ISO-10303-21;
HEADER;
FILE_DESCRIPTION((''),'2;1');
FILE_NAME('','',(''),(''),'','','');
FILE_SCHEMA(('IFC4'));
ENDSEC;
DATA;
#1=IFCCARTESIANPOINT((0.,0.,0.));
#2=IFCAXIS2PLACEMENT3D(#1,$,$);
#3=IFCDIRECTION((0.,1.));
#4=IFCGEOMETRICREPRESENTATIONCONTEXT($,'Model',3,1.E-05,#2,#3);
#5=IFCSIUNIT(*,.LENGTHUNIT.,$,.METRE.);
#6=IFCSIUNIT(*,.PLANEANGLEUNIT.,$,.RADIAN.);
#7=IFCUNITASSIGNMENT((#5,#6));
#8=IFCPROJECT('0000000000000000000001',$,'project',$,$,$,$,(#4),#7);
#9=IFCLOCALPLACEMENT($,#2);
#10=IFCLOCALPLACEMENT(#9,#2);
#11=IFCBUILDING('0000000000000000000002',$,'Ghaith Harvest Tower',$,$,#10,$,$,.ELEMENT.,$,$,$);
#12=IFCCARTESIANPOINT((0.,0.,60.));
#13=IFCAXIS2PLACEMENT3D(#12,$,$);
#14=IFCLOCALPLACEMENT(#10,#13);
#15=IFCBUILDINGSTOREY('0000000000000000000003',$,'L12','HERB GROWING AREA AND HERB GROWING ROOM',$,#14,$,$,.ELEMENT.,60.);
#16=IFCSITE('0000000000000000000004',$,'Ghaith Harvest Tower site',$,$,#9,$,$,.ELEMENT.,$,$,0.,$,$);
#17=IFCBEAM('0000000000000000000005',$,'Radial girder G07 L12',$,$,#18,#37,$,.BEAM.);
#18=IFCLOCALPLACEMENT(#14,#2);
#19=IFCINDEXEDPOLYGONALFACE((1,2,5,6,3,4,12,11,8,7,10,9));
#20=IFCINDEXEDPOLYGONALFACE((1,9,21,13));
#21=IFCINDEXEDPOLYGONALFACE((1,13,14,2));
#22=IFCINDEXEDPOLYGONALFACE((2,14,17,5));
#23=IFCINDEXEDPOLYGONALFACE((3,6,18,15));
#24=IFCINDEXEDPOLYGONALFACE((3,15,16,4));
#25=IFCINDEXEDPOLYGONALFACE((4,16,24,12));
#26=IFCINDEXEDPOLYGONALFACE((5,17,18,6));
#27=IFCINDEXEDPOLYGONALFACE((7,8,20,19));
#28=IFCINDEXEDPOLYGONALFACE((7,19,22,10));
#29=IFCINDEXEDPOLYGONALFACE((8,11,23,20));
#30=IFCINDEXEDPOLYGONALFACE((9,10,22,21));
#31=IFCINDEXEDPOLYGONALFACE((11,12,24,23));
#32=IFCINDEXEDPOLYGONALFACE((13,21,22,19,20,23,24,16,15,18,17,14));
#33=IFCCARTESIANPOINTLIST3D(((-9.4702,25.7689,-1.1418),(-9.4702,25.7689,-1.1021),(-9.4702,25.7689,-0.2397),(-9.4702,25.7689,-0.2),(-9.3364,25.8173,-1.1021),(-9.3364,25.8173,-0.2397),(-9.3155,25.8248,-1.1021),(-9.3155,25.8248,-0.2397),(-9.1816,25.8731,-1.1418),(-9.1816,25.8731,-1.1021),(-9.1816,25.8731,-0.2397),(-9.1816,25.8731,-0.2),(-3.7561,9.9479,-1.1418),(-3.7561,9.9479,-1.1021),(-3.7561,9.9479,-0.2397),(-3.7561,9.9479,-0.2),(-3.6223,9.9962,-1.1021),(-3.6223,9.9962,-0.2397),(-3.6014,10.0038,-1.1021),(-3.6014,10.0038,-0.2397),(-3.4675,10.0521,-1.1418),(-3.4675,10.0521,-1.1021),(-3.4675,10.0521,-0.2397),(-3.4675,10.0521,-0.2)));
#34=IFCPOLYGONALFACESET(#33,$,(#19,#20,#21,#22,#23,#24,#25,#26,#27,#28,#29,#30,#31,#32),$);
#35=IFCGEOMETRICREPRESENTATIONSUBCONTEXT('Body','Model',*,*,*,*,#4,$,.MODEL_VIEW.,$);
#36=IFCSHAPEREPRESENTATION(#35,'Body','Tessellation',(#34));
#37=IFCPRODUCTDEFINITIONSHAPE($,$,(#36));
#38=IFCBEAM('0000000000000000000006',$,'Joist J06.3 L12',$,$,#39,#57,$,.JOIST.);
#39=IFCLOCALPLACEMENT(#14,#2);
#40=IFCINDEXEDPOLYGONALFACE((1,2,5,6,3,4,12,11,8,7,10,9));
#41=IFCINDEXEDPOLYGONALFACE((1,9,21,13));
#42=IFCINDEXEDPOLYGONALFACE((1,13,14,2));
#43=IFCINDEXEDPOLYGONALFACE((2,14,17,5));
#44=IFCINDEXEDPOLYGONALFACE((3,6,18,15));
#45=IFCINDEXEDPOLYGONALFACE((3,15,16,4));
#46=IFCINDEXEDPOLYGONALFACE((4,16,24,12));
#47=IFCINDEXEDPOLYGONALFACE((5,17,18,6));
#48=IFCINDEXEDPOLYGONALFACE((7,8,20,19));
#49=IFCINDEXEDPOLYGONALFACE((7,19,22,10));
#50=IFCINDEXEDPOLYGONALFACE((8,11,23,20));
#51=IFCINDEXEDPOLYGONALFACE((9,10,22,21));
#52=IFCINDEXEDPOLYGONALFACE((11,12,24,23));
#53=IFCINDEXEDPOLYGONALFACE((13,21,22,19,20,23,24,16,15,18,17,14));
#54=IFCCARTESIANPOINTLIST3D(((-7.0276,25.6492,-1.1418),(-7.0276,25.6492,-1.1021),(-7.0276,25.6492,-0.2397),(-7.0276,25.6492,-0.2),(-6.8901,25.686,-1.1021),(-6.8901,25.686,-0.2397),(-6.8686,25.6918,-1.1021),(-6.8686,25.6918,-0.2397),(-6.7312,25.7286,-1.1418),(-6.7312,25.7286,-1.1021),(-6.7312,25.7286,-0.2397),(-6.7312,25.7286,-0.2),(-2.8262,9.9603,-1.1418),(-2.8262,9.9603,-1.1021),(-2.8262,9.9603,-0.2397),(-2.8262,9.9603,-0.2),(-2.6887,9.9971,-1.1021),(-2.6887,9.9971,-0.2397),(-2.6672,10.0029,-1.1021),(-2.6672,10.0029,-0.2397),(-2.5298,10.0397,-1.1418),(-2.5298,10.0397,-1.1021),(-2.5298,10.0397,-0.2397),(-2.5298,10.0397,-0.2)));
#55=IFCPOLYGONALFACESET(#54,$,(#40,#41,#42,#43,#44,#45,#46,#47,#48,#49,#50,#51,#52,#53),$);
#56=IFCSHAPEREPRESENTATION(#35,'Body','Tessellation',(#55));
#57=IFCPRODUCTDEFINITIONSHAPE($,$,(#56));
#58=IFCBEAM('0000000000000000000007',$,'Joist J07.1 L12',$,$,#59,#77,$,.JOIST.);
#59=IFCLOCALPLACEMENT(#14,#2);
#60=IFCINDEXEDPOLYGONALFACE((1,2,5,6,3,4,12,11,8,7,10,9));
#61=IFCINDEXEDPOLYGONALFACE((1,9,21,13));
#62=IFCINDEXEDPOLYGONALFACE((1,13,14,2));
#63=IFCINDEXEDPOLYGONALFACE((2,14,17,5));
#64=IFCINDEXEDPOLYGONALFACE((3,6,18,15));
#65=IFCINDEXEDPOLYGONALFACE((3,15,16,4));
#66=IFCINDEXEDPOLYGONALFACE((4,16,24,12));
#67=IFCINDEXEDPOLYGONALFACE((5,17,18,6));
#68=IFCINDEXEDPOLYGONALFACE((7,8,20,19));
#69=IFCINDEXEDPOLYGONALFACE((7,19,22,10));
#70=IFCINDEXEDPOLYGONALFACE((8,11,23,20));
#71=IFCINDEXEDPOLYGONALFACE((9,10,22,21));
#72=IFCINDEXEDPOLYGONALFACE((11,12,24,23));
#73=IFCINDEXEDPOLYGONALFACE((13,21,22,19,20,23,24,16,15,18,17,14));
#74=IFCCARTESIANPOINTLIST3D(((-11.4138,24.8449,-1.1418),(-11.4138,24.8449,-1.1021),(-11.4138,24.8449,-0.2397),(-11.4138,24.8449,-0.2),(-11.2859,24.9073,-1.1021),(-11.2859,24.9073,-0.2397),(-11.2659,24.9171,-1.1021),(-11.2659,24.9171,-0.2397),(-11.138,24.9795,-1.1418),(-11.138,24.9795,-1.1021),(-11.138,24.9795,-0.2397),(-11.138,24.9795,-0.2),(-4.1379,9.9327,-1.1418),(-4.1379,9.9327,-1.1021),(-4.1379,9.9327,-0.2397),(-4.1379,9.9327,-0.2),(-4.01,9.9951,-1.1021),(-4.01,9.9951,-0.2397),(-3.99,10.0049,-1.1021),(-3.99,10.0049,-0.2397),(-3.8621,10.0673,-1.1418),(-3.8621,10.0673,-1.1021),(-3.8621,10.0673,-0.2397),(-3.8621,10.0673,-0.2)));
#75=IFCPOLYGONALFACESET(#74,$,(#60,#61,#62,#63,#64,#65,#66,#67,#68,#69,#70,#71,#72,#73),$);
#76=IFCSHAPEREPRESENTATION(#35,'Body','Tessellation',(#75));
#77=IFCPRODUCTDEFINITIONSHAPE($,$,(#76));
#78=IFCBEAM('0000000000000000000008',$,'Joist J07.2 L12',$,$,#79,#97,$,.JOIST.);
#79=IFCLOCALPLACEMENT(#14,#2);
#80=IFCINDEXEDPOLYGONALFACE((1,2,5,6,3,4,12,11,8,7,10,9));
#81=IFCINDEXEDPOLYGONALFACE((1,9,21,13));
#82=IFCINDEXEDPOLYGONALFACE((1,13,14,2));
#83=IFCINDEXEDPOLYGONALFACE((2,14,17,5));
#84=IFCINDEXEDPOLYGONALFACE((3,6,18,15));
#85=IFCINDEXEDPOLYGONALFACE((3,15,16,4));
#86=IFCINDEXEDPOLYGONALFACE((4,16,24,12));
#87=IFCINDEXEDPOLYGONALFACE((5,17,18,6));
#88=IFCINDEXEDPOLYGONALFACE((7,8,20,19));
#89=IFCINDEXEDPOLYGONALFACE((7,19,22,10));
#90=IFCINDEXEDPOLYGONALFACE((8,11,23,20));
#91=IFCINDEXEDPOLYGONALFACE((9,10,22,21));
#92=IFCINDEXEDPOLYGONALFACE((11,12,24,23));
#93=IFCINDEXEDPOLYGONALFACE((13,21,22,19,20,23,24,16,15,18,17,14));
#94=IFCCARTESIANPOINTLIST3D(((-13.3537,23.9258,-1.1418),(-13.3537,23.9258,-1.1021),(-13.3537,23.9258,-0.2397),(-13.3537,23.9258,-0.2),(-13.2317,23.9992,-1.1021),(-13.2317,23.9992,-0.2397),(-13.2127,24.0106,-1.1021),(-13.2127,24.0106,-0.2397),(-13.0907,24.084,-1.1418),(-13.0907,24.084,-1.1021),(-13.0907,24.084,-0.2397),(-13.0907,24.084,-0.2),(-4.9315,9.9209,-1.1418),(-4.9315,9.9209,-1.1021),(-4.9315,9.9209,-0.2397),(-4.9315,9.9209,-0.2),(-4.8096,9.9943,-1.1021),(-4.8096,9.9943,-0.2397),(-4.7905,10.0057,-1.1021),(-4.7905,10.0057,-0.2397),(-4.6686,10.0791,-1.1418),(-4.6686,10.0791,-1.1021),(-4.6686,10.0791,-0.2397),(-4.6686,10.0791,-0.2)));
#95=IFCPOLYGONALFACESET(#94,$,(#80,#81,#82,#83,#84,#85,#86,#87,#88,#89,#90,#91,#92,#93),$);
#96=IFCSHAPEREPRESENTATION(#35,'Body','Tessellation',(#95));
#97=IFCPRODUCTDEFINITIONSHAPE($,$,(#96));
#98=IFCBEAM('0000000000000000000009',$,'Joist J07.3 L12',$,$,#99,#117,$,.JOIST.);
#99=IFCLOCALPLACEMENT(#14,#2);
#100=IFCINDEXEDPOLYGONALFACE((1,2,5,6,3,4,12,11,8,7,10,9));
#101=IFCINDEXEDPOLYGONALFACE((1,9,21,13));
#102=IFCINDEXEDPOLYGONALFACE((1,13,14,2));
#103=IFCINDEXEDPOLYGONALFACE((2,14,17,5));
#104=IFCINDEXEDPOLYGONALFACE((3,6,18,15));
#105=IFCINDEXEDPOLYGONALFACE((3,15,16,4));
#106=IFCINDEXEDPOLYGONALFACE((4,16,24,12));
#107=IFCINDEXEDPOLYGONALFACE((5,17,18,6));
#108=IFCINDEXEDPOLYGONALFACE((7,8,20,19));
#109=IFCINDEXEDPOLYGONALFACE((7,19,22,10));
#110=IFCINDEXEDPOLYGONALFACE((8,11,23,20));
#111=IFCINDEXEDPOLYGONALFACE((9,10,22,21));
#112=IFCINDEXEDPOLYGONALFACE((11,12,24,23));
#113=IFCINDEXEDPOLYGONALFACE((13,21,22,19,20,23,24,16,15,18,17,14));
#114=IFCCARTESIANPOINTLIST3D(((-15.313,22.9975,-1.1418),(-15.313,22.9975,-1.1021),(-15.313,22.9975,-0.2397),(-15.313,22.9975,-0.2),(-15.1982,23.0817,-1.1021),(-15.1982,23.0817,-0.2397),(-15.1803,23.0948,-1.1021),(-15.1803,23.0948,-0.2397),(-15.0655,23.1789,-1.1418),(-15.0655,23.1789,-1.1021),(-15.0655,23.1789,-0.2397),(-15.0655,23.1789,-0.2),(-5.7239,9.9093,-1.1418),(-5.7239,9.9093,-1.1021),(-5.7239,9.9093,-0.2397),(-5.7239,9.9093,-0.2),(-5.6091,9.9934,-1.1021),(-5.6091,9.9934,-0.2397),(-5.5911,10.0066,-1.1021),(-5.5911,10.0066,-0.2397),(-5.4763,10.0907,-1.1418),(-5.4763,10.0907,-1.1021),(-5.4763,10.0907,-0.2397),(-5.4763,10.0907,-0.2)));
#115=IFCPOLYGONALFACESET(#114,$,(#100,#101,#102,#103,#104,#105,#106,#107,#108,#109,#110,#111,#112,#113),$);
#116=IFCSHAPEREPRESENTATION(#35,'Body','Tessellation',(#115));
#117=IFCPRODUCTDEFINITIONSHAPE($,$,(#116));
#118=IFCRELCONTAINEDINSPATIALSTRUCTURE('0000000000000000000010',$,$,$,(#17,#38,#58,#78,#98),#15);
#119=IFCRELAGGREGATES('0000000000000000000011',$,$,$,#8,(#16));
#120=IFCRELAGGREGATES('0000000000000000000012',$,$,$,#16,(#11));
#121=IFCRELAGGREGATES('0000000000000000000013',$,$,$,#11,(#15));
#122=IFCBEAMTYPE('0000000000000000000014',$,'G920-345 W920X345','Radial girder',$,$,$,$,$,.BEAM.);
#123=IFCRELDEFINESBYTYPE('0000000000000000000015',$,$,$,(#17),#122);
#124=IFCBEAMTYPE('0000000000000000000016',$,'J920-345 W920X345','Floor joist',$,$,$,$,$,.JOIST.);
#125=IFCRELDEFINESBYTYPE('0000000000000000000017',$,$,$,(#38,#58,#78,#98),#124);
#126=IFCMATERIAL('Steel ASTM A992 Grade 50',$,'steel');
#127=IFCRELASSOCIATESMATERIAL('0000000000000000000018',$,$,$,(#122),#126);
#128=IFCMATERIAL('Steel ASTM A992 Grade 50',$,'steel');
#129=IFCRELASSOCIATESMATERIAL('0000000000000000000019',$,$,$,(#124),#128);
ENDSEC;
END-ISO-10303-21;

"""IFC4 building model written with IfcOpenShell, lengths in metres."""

from ifc_helpers import new_model, si_unit, direction, frame, origin, origin_2d, place, context, subcontext, project, spatial, i_section, extrude, material, material_profile, profile_set, type_object, element, save


model = new_model("IFC4")

# Units and contexts
model_context = context("Model", 3, precision=1e-05, world=origin(), true_north=direction((0.0, 1.0)))
body_context = subcontext(model_context, "Body", "Model", "MODEL_VIEW")
ifc_project = project(units=[si_unit("LENGTHUNIT", "METRE"), si_unit("PLANEANGLEUNIT", "RADIAN")], contexts=[model_context])

# Site, building, storey
site_placement = place(None, origin())
site = spatial("IfcSite", under=ifc_project, at=site_placement, Name="Ghaith Harvest Tower site", CompositionType="ELEMENT", RefElevation=0.0)
building_placement = place(site_placement, origin())
building = spatial("IfcBuilding", under=site, at=building_placement, Name="Ghaith Harvest Tower", CompositionType="ELEMENT")
storey_placement = place(building_placement, frame((0.0, 0.0, 60.0)))
storey = spatial("IfcBuildingStorey", under=building, at=storey_placement, Name="L12", Description="HERB GROWING AREA AND HERB GROWING ROOM", CompositionType="ELEMENT", Elevation=60.0)

# Beams
ifc_material_1 = material(Name="Steel ASTM A992 Grade 50", Category="steel")
ifc_material_profile_1 = material_profile(ifc_material_1, i_section(OverallWidth=0.3069, OverallDepth=0.9419, WebThickness=0.0222, FlangeThickness=0.0398, at=origin_2d()), Name="W920X345")
ifc_profile_set_1 = profile_set([ifc_material_profile_1], Name="Steel ASTM A992 Grade 50")
beam_type_1 = type_object("IfcBeamType", Name="G920-345 W920X345", Description="Radial girder", PredefinedType="BEAM", material=ifc_profile_set_1)
beam_1_placement = place(storey_placement, frame((-3.6118, 10.0, -0.6709), z_axis=(-0.339695, 0.940536, 0.0), x_axis=(-0.940536, -0.339695, 0.0)))
element("IfcBeam", 1, at=beam_1_placement, inside=storey, type_object=beam_type_1, Name="Radial girder G07 L12", PredefinedType="BEAM", context=body_context, shape_type="SweptSolid", body=[
    extrude(i_section(OverallWidth=0.3069, OverallDepth=0.9419, WebThickness=0.0222, FlangeThickness=0.0398, at=origin_2d()), origin(), (0.0, 0.0, 1.0), 16.8213),
])
ifc_material_2 = material(Name="Steel ASTM A992 Grade 50", Category="steel")
ifc_material_profile_2 = material_profile(ifc_material_2, i_section(OverallWidth=0.3069, OverallDepth=0.9419, WebThickness=0.0222, FlangeThickness=0.0398, at=origin_2d()), Name="W920X345")
ifc_profile_set_2 = profile_set([ifc_material_profile_2], Name="Steel ASTM A992 Grade 50")
beam_type_2 = type_object("IfcBeamType", Name="J920-345 W920X345", Description="Floor joist", PredefinedType="JOIST", material=ifc_profile_set_2)
beam_2_placement = place(storey_placement, frame((-2.678, 10.0, -0.6709), z_axis=(-0.258679, 0.965963, 0.0), x_axis=(-0.965963, -0.258679, 0.0)))
element("IfcBeam", 2, at=beam_2_placement, inside=storey, type_object=beam_type_2, Name="Joist J06.3 L12", PredefinedType="JOIST", context=body_context, shape_type="SweptSolid", body=[
    extrude(i_section(OverallWidth=0.3069, OverallDepth=0.9419, WebThickness=0.0222, FlangeThickness=0.0398, at=origin_2d()), origin(), (0.0, 0.0, 1.0), 16.2417),
])
beam_3_placement = place(storey_placement, frame((-4.0, 10.0, -0.6709), z_axis=(-0.438505, 0.898729, 0.0), x_axis=(-0.898729, -0.438505, 0.0)))
element("IfcBeam", 3, at=beam_3_placement, inside=storey, type_object=beam_type_2, Name="Joist J07.1 L12", PredefinedType="JOIST", context=body_context, shape_type="SweptSolid", body=[
    extrude(i_section(OverallWidth=0.3069, OverallDepth=0.9419, WebThickness=0.0222, FlangeThickness=0.0398, at=origin_2d()), origin(), (0.0, 0.0, 1.0), 16.5925),
])
beam_4_placement = place(storey_placement, frame((-4.8, 10.0, -0.6709), z_axis=(-0.515359, 0.856974, 0.0), x_axis=(-0.856974, -0.515359, 0.0)))
element("IfcBeam", 4, at=beam_4_placement, inside=storey, type_object=beam_type_2, Name="Joist J07.2 L12", PredefinedType="JOIST", context=body_context, shape_type="SweptSolid", body=[
    extrude(i_section(OverallWidth=0.3069, OverallDepth=0.9419, WebThickness=0.0222, FlangeThickness=0.0398, at=origin_2d()), origin(), (0.0, 0.0, 1.0), 16.3423),
])
beam_5_placement = place(storey_placement, frame((-5.6001, 10.0, -0.6709), z_axis=(-0.591009, 0.806665, 0.0), x_axis=(-0.806665, -0.591009, 0.0)))
element("IfcBeam", 5, at=beam_5_placement, inside=storey, type_object=beam_type_2, Name="Joist J07.3 L12", PredefinedType="JOIST", context=body_context, shape_type="SweptSolid", body=[
    extrude(i_section(OverallWidth=0.3069, OverallDepth=0.9419, WebThickness=0.0222, FlangeThickness=0.0398, at=origin_2d()), origin(), (0.0, 0.0, 1.0), 16.2251),
])

save(model, "model.ifc")
